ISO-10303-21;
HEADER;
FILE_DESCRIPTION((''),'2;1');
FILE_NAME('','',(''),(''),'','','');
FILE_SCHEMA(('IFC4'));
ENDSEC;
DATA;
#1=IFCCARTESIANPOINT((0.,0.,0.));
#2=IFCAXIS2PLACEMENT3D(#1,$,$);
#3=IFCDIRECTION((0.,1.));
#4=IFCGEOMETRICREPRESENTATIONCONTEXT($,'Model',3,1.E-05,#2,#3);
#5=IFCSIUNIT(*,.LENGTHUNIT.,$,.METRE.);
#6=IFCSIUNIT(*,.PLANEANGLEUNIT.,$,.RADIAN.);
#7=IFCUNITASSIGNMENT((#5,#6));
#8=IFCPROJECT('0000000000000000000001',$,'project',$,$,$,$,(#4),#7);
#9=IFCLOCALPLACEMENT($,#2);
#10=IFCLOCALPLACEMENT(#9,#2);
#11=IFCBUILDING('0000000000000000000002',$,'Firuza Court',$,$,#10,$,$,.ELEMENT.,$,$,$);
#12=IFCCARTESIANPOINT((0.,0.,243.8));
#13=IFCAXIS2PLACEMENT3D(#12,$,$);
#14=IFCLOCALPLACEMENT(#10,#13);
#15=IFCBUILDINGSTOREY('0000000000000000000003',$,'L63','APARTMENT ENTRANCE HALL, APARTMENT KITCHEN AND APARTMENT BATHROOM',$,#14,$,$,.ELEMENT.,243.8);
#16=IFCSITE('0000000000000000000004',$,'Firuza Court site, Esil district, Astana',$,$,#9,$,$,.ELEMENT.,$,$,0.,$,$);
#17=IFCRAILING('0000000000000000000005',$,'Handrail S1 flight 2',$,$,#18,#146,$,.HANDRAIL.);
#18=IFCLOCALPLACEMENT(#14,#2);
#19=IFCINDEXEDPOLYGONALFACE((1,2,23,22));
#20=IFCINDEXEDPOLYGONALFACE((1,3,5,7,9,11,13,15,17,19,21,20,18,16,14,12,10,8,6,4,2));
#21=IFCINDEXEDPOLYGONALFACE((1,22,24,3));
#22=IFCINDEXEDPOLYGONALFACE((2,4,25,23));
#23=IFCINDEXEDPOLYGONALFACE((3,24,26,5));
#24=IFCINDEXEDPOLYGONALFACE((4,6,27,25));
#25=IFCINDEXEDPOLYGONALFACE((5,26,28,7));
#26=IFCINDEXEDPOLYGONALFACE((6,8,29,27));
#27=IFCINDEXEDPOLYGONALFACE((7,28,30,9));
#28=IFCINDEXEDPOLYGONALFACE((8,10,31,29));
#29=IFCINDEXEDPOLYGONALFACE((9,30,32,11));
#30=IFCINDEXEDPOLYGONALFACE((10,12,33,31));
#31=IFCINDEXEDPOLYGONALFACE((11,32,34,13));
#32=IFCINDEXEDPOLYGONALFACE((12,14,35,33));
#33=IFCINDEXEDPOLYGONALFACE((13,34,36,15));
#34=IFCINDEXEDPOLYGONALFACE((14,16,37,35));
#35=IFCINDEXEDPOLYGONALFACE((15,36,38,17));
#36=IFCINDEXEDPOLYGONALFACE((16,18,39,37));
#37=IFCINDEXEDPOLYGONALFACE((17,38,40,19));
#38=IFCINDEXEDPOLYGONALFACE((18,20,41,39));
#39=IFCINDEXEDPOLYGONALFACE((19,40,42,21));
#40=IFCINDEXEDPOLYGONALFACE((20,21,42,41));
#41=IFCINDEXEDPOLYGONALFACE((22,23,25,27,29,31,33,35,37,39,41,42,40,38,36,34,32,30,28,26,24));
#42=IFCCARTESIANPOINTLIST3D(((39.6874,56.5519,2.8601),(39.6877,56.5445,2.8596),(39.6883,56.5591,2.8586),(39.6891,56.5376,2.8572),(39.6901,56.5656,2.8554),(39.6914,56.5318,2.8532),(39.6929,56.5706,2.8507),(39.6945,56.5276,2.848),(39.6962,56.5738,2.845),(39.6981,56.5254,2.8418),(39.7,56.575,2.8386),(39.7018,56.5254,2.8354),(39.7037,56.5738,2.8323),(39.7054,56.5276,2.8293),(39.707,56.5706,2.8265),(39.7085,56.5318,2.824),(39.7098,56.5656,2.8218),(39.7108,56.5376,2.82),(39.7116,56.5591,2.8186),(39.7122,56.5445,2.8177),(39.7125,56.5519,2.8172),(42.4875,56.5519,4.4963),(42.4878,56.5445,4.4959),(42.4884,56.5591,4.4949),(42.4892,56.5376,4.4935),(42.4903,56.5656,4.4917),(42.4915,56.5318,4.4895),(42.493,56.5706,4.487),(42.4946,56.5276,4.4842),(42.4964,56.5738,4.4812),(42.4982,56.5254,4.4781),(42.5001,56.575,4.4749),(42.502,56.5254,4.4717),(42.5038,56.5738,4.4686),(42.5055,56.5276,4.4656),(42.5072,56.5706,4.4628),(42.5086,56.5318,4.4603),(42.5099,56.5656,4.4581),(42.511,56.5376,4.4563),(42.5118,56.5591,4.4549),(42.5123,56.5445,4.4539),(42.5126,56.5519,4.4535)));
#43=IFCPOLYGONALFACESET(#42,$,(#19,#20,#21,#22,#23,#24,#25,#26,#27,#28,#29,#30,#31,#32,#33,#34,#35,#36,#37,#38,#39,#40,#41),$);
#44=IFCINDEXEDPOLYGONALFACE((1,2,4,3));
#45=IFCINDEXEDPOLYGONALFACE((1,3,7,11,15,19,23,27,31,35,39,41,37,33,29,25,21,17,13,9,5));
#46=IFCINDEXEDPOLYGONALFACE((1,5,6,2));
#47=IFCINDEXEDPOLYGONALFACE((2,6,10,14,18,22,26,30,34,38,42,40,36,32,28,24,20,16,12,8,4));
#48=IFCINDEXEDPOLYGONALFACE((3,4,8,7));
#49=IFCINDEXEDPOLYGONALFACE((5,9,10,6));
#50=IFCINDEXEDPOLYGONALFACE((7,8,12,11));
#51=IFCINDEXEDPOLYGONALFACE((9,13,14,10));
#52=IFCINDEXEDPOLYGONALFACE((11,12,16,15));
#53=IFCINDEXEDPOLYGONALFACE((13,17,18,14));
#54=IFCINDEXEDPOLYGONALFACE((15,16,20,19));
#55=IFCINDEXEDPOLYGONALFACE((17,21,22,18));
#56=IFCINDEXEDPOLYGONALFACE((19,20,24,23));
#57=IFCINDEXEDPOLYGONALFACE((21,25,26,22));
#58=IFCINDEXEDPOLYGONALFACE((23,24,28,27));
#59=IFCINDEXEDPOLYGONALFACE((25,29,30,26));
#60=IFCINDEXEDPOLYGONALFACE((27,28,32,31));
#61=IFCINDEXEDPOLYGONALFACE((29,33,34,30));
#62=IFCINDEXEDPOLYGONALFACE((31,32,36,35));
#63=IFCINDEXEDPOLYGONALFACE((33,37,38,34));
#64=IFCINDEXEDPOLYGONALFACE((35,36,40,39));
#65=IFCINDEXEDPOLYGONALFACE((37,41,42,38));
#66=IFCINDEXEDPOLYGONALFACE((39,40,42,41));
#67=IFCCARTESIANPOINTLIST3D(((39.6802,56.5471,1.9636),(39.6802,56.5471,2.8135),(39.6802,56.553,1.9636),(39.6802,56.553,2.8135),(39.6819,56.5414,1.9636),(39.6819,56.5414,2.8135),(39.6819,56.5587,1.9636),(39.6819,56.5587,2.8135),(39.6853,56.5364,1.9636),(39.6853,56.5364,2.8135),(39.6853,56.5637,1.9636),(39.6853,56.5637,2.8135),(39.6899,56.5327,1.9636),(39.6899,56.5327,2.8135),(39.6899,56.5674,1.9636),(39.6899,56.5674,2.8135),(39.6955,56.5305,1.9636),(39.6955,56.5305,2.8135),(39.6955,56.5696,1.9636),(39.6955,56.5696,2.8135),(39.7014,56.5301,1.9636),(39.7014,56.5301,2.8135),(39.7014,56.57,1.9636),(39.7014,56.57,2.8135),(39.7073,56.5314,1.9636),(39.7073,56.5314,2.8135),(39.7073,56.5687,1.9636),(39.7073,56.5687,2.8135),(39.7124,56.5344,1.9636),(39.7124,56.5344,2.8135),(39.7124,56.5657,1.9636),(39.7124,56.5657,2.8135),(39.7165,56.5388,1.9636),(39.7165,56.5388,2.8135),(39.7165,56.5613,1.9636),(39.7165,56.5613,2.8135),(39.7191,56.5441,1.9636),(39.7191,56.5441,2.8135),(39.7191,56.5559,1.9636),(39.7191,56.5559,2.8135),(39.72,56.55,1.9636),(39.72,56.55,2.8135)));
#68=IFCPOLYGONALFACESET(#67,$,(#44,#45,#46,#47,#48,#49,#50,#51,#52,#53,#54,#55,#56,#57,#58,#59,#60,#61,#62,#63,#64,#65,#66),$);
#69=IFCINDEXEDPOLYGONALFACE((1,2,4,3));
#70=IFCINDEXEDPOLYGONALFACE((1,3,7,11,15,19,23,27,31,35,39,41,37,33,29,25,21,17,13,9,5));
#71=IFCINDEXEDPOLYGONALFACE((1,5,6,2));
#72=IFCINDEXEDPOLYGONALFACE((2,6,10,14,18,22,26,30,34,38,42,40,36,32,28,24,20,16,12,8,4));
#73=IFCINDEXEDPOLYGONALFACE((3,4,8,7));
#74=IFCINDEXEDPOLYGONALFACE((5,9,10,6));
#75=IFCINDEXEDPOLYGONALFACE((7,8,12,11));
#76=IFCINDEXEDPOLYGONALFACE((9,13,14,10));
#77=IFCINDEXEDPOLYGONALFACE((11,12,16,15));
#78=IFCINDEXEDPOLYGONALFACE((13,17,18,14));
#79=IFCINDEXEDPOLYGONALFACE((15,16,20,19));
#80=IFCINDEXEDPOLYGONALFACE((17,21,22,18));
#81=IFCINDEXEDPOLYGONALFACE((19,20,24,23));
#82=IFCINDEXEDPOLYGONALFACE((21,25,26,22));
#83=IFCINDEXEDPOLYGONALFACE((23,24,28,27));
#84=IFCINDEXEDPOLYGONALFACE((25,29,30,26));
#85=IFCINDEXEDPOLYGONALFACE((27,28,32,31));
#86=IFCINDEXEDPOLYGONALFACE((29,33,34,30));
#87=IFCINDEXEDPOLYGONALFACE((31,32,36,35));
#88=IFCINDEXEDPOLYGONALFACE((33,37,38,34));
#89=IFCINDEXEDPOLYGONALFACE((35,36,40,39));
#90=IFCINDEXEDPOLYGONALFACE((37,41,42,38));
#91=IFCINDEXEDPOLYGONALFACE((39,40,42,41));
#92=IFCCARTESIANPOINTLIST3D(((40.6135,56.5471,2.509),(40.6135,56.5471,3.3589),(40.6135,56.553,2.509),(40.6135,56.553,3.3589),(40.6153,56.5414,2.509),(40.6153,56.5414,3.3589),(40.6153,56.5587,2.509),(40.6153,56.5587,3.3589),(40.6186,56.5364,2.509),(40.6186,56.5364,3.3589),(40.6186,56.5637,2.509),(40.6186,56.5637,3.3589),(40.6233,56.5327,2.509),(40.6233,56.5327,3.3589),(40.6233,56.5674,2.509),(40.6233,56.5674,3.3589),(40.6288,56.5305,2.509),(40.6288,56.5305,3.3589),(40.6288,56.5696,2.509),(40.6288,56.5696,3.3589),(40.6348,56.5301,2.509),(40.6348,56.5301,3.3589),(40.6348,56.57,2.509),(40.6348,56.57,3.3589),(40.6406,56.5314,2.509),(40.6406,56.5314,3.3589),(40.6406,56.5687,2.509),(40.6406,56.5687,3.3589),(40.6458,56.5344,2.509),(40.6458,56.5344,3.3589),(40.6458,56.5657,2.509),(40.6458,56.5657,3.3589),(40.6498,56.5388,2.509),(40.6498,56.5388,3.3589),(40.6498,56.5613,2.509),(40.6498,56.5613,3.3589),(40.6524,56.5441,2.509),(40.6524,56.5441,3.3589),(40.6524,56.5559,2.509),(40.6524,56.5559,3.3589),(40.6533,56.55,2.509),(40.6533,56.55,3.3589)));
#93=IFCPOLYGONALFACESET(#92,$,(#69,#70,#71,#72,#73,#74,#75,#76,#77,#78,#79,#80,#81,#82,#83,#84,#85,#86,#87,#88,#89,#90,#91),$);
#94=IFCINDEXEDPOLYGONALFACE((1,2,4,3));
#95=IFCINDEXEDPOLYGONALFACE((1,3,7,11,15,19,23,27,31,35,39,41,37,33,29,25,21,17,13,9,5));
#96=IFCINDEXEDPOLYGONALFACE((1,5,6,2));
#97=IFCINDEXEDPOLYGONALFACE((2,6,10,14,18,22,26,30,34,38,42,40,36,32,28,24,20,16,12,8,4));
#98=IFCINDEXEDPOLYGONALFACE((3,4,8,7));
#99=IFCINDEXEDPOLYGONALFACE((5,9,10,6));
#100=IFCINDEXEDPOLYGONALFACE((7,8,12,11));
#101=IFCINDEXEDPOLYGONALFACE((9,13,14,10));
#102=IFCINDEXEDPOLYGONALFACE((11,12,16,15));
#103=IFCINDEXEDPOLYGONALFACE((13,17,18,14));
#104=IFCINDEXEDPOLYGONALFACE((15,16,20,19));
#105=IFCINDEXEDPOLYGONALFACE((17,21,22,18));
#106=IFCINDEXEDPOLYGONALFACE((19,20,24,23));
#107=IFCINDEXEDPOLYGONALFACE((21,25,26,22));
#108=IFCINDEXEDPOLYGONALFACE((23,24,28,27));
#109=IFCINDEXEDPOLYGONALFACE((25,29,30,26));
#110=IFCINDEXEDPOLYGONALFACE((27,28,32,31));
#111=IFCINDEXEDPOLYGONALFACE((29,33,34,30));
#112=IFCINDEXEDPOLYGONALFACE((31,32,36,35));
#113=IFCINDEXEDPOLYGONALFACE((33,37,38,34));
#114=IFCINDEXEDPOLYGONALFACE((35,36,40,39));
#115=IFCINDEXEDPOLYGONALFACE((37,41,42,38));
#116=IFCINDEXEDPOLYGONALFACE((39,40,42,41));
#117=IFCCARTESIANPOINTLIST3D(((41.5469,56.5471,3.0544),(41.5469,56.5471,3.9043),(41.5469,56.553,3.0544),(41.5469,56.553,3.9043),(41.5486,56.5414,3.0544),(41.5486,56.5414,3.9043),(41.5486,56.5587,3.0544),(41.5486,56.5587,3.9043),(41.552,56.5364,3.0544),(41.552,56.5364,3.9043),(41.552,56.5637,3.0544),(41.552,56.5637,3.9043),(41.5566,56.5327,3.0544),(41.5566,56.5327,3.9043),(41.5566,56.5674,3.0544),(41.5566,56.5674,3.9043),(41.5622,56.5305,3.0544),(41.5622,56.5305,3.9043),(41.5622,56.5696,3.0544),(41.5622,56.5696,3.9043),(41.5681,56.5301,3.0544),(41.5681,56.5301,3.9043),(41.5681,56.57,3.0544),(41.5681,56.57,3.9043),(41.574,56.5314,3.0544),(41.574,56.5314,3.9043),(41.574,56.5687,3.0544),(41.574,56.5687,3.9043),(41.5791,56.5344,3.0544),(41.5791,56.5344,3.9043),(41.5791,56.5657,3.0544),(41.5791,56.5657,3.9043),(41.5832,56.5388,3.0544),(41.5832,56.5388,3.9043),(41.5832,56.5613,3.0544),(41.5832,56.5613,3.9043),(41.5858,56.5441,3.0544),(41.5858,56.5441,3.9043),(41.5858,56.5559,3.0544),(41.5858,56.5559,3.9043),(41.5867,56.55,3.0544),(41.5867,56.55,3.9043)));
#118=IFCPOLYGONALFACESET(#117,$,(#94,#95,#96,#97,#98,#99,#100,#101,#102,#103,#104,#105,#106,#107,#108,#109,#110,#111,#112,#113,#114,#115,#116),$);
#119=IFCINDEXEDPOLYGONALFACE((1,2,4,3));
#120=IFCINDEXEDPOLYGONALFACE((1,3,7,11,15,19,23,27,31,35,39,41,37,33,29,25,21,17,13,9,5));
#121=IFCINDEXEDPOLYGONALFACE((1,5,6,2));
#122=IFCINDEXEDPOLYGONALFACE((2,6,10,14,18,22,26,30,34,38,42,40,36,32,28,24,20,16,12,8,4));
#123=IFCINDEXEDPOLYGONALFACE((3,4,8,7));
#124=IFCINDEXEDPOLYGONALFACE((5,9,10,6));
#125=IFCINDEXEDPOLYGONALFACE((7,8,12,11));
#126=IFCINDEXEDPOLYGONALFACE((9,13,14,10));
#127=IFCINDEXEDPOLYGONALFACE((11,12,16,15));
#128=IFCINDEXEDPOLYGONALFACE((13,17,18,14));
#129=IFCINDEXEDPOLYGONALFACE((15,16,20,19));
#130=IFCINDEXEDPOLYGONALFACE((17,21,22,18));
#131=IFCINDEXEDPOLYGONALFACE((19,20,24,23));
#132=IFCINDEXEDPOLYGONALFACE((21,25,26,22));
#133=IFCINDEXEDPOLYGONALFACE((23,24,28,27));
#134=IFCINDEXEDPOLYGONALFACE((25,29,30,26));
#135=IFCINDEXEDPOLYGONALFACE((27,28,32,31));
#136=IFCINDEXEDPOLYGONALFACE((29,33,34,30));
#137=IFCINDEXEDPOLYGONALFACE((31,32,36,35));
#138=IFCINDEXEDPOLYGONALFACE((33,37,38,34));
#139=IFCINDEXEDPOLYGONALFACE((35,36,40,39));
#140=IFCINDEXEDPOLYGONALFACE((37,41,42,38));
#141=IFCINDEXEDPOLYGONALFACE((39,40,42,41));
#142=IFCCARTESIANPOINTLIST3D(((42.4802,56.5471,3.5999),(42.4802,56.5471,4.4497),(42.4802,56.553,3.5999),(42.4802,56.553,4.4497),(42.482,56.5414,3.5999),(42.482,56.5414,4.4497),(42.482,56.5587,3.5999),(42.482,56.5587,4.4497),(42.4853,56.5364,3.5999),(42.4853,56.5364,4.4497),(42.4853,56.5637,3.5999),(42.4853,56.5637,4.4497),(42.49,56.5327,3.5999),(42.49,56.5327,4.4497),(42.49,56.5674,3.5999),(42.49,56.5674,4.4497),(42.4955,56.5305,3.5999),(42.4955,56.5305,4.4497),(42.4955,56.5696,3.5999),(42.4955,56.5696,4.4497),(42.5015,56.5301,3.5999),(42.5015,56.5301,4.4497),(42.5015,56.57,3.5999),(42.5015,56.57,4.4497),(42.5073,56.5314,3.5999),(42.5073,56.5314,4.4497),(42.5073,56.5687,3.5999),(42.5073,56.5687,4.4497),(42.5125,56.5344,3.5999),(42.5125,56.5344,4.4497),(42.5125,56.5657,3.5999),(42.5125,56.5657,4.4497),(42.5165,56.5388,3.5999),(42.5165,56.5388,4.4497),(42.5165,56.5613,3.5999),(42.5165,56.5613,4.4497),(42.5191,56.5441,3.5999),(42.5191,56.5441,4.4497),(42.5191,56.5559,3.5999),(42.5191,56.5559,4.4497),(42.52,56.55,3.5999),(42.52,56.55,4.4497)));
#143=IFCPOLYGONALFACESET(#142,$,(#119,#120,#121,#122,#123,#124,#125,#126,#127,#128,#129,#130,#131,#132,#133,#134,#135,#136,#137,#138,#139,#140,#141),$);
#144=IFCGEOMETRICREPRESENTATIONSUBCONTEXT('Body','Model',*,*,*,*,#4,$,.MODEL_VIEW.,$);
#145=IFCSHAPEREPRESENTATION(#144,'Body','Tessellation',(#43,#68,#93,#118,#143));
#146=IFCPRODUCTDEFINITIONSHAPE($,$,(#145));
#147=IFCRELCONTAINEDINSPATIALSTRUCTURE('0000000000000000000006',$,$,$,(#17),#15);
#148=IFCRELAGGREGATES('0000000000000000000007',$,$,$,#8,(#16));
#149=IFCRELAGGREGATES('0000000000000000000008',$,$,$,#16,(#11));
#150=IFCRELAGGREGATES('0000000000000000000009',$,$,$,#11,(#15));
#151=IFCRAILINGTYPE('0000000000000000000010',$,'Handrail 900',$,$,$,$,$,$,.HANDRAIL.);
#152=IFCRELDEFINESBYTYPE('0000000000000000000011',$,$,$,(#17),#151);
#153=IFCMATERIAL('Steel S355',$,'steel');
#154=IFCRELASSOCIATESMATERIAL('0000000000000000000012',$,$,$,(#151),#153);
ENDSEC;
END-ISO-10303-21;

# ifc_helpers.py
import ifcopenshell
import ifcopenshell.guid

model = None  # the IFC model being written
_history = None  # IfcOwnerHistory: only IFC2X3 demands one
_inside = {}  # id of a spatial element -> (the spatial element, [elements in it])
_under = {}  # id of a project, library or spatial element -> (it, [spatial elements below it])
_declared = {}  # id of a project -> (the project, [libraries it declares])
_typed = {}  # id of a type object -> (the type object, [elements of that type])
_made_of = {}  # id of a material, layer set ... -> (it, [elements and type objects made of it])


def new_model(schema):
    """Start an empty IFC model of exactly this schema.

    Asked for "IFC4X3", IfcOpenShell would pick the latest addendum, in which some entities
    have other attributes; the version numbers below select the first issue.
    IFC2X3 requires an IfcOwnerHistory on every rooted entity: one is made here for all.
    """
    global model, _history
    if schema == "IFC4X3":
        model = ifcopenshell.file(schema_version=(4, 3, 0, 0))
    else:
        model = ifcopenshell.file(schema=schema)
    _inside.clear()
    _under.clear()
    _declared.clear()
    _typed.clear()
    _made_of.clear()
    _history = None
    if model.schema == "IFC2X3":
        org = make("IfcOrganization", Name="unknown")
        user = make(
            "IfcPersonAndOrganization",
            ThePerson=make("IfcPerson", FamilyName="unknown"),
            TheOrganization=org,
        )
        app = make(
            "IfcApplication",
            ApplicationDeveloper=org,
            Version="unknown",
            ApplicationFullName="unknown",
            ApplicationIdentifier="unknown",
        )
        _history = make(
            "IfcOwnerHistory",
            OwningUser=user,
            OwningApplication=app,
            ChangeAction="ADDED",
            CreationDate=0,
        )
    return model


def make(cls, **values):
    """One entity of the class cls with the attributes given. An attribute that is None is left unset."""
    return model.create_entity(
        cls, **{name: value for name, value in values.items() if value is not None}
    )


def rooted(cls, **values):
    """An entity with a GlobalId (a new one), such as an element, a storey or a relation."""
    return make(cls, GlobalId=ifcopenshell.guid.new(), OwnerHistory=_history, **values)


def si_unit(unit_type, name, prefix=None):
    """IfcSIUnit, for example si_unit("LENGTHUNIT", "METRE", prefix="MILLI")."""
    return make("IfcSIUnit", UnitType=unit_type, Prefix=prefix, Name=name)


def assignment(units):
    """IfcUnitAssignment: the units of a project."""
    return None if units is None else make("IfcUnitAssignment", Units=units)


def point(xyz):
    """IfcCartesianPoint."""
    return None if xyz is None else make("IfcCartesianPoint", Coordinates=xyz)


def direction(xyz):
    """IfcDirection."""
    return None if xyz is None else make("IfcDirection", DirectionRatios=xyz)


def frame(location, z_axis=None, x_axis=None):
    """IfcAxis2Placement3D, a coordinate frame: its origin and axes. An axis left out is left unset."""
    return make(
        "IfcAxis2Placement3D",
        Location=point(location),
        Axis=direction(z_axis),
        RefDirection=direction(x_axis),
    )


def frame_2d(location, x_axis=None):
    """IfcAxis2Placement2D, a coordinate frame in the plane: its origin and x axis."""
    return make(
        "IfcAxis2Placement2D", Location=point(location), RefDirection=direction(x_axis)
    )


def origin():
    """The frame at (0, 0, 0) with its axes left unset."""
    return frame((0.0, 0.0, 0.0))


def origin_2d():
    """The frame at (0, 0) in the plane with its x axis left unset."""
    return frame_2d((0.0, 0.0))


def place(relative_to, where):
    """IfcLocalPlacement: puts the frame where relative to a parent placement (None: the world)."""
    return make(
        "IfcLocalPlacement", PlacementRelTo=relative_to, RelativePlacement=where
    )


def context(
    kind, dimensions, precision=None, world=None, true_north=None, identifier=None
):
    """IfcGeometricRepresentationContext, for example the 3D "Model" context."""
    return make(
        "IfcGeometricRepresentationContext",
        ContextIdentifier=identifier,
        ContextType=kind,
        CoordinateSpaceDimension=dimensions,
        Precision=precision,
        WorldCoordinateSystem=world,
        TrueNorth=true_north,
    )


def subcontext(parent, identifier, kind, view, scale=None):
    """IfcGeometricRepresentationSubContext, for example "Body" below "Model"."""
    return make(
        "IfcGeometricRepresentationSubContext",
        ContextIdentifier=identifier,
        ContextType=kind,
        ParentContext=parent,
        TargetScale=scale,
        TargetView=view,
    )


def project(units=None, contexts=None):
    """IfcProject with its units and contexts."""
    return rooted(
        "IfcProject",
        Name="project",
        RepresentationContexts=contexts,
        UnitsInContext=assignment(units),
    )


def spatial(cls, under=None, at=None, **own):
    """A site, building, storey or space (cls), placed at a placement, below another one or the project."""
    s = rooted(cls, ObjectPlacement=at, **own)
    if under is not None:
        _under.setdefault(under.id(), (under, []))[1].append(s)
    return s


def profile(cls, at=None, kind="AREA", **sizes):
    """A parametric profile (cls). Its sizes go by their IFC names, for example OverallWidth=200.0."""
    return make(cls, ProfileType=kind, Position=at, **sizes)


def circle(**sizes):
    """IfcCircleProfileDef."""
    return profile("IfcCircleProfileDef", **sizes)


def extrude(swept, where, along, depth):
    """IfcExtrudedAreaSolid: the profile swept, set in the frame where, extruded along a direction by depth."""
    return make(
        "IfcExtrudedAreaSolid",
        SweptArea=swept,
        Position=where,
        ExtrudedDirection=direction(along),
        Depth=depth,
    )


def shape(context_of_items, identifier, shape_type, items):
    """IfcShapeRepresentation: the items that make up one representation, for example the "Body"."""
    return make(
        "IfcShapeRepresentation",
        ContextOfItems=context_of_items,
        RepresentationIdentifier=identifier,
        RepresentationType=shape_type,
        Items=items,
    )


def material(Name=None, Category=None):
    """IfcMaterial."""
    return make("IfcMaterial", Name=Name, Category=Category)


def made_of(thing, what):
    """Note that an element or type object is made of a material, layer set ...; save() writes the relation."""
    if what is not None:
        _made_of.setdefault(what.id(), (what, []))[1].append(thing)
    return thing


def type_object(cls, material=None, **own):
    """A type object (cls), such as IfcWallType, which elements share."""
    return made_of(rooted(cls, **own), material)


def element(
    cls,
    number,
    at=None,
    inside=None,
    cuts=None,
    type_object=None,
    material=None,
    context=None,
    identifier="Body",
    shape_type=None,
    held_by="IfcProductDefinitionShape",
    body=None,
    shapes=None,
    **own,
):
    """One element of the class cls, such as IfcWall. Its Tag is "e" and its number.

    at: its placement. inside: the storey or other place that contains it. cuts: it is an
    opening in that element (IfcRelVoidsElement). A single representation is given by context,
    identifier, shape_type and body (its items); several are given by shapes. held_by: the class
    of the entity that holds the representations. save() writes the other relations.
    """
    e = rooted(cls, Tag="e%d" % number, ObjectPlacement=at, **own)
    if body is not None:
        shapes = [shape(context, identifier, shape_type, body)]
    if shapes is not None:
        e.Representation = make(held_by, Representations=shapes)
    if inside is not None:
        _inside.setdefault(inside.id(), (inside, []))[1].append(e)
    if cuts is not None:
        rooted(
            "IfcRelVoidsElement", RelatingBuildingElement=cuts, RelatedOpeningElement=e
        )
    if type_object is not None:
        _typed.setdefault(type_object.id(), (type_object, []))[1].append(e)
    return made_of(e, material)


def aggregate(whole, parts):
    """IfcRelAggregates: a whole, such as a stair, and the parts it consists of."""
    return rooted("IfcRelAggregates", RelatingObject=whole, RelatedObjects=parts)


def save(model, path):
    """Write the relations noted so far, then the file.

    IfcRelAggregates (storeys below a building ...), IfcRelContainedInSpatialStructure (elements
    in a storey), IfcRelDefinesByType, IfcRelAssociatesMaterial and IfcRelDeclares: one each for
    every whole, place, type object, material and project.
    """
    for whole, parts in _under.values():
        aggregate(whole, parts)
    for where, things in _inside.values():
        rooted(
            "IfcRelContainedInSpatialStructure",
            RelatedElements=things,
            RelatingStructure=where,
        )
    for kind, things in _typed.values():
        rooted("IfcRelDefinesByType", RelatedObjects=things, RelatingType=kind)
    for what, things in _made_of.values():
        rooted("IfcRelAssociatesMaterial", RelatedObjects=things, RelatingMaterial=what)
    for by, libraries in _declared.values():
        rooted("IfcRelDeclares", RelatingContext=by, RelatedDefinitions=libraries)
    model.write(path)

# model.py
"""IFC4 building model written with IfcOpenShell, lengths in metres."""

from ifc_helpers import new_model, si_unit, direction, frame, origin, origin_2d, place, context, subcontext, project, spatial, circle, extrude, material, type_object, element, save


model = new_model("IFC4")

# Units and contexts
model_context = context("Model", 3, precision=1e-05, world=origin(), true_north=direction((0.0, 1.0)))
body_context = subcontext(model_context, "Body", "Model", "MODEL_VIEW")
ifc_project = project(units=[si_unit("LENGTHUNIT", "METRE"), si_unit("PLANEANGLEUNIT", "RADIAN")], contexts=[model_context])

# Site, building, storey
site_placement = place(None, origin())
site = spatial("IfcSite", under=ifc_project, at=site_placement, Name="Firuza Court site, Esil district, Astana", CompositionType="ELEMENT", RefElevation=0.0)
building_placement = place(site_placement, origin())
building = spatial("IfcBuilding", under=site, at=building_placement, Name="Firuza Court", CompositionType="ELEMENT")
storey_placement = place(building_placement, frame((0.0, 0.0, 243.8)))
storey = spatial("IfcBuildingStorey", under=building, at=storey_placement, Name="L63", Description="APARTMENT ENTRANCE HALL, APARTMENT KITCHEN AND APARTMENT BATHROOM", CompositionType="ELEMENT", Elevation=243.8)

# Railing
ifc_material_1 = material(Name="Steel S355", Category="steel")
railing_type_1 = type_object("IfcRailingType", Name="Handrail 900", PredefinedType="HANDRAIL", material=ifc_material_1)
railing_1_placement = place(storey_placement, frame((39.7, 56.55, 1.9636)))
element("IfcRailing", 1, at=railing_1_placement, inside=storey, type_object=railing_type_1, Name="Handrail S1 flight 2", PredefinedType="HANDRAIL", context=body_context, shape_type="SweptSolid", body=[
    extrude(circle(Radius=0.0249, at=origin_2d()), frame((0.0, 0.0, 0.875), z_axis=(0.863394, 0.0, 0.504531), x_axis=(0.0, 1.0, 0.0)), (0.0, 0.0, 1.0), 3.2432),
    extrude(circle(Radius=0.02, at=origin_2d()), origin(), (0.0, 0.0, 1.0), 0.8499),
    extrude(circle(Radius=0.02, at=origin_2d()), frame((0.9333, 0.0, 0.5454)), (0.0, 0.0, 1.0), 0.8499),
    extrude(circle(Radius=0.02, at=origin_2d()), frame((1.8667, 0.0, 1.0908)), (0.0, 0.0, 1.0), 0.8499),
    extrude(circle(Radius=0.02, at=origin_2d()), frame((2.8, 0.0, 1.6362)), (0.0, 0.0, 1.0), 0.8499),
])

save(model, "model.ifc")
